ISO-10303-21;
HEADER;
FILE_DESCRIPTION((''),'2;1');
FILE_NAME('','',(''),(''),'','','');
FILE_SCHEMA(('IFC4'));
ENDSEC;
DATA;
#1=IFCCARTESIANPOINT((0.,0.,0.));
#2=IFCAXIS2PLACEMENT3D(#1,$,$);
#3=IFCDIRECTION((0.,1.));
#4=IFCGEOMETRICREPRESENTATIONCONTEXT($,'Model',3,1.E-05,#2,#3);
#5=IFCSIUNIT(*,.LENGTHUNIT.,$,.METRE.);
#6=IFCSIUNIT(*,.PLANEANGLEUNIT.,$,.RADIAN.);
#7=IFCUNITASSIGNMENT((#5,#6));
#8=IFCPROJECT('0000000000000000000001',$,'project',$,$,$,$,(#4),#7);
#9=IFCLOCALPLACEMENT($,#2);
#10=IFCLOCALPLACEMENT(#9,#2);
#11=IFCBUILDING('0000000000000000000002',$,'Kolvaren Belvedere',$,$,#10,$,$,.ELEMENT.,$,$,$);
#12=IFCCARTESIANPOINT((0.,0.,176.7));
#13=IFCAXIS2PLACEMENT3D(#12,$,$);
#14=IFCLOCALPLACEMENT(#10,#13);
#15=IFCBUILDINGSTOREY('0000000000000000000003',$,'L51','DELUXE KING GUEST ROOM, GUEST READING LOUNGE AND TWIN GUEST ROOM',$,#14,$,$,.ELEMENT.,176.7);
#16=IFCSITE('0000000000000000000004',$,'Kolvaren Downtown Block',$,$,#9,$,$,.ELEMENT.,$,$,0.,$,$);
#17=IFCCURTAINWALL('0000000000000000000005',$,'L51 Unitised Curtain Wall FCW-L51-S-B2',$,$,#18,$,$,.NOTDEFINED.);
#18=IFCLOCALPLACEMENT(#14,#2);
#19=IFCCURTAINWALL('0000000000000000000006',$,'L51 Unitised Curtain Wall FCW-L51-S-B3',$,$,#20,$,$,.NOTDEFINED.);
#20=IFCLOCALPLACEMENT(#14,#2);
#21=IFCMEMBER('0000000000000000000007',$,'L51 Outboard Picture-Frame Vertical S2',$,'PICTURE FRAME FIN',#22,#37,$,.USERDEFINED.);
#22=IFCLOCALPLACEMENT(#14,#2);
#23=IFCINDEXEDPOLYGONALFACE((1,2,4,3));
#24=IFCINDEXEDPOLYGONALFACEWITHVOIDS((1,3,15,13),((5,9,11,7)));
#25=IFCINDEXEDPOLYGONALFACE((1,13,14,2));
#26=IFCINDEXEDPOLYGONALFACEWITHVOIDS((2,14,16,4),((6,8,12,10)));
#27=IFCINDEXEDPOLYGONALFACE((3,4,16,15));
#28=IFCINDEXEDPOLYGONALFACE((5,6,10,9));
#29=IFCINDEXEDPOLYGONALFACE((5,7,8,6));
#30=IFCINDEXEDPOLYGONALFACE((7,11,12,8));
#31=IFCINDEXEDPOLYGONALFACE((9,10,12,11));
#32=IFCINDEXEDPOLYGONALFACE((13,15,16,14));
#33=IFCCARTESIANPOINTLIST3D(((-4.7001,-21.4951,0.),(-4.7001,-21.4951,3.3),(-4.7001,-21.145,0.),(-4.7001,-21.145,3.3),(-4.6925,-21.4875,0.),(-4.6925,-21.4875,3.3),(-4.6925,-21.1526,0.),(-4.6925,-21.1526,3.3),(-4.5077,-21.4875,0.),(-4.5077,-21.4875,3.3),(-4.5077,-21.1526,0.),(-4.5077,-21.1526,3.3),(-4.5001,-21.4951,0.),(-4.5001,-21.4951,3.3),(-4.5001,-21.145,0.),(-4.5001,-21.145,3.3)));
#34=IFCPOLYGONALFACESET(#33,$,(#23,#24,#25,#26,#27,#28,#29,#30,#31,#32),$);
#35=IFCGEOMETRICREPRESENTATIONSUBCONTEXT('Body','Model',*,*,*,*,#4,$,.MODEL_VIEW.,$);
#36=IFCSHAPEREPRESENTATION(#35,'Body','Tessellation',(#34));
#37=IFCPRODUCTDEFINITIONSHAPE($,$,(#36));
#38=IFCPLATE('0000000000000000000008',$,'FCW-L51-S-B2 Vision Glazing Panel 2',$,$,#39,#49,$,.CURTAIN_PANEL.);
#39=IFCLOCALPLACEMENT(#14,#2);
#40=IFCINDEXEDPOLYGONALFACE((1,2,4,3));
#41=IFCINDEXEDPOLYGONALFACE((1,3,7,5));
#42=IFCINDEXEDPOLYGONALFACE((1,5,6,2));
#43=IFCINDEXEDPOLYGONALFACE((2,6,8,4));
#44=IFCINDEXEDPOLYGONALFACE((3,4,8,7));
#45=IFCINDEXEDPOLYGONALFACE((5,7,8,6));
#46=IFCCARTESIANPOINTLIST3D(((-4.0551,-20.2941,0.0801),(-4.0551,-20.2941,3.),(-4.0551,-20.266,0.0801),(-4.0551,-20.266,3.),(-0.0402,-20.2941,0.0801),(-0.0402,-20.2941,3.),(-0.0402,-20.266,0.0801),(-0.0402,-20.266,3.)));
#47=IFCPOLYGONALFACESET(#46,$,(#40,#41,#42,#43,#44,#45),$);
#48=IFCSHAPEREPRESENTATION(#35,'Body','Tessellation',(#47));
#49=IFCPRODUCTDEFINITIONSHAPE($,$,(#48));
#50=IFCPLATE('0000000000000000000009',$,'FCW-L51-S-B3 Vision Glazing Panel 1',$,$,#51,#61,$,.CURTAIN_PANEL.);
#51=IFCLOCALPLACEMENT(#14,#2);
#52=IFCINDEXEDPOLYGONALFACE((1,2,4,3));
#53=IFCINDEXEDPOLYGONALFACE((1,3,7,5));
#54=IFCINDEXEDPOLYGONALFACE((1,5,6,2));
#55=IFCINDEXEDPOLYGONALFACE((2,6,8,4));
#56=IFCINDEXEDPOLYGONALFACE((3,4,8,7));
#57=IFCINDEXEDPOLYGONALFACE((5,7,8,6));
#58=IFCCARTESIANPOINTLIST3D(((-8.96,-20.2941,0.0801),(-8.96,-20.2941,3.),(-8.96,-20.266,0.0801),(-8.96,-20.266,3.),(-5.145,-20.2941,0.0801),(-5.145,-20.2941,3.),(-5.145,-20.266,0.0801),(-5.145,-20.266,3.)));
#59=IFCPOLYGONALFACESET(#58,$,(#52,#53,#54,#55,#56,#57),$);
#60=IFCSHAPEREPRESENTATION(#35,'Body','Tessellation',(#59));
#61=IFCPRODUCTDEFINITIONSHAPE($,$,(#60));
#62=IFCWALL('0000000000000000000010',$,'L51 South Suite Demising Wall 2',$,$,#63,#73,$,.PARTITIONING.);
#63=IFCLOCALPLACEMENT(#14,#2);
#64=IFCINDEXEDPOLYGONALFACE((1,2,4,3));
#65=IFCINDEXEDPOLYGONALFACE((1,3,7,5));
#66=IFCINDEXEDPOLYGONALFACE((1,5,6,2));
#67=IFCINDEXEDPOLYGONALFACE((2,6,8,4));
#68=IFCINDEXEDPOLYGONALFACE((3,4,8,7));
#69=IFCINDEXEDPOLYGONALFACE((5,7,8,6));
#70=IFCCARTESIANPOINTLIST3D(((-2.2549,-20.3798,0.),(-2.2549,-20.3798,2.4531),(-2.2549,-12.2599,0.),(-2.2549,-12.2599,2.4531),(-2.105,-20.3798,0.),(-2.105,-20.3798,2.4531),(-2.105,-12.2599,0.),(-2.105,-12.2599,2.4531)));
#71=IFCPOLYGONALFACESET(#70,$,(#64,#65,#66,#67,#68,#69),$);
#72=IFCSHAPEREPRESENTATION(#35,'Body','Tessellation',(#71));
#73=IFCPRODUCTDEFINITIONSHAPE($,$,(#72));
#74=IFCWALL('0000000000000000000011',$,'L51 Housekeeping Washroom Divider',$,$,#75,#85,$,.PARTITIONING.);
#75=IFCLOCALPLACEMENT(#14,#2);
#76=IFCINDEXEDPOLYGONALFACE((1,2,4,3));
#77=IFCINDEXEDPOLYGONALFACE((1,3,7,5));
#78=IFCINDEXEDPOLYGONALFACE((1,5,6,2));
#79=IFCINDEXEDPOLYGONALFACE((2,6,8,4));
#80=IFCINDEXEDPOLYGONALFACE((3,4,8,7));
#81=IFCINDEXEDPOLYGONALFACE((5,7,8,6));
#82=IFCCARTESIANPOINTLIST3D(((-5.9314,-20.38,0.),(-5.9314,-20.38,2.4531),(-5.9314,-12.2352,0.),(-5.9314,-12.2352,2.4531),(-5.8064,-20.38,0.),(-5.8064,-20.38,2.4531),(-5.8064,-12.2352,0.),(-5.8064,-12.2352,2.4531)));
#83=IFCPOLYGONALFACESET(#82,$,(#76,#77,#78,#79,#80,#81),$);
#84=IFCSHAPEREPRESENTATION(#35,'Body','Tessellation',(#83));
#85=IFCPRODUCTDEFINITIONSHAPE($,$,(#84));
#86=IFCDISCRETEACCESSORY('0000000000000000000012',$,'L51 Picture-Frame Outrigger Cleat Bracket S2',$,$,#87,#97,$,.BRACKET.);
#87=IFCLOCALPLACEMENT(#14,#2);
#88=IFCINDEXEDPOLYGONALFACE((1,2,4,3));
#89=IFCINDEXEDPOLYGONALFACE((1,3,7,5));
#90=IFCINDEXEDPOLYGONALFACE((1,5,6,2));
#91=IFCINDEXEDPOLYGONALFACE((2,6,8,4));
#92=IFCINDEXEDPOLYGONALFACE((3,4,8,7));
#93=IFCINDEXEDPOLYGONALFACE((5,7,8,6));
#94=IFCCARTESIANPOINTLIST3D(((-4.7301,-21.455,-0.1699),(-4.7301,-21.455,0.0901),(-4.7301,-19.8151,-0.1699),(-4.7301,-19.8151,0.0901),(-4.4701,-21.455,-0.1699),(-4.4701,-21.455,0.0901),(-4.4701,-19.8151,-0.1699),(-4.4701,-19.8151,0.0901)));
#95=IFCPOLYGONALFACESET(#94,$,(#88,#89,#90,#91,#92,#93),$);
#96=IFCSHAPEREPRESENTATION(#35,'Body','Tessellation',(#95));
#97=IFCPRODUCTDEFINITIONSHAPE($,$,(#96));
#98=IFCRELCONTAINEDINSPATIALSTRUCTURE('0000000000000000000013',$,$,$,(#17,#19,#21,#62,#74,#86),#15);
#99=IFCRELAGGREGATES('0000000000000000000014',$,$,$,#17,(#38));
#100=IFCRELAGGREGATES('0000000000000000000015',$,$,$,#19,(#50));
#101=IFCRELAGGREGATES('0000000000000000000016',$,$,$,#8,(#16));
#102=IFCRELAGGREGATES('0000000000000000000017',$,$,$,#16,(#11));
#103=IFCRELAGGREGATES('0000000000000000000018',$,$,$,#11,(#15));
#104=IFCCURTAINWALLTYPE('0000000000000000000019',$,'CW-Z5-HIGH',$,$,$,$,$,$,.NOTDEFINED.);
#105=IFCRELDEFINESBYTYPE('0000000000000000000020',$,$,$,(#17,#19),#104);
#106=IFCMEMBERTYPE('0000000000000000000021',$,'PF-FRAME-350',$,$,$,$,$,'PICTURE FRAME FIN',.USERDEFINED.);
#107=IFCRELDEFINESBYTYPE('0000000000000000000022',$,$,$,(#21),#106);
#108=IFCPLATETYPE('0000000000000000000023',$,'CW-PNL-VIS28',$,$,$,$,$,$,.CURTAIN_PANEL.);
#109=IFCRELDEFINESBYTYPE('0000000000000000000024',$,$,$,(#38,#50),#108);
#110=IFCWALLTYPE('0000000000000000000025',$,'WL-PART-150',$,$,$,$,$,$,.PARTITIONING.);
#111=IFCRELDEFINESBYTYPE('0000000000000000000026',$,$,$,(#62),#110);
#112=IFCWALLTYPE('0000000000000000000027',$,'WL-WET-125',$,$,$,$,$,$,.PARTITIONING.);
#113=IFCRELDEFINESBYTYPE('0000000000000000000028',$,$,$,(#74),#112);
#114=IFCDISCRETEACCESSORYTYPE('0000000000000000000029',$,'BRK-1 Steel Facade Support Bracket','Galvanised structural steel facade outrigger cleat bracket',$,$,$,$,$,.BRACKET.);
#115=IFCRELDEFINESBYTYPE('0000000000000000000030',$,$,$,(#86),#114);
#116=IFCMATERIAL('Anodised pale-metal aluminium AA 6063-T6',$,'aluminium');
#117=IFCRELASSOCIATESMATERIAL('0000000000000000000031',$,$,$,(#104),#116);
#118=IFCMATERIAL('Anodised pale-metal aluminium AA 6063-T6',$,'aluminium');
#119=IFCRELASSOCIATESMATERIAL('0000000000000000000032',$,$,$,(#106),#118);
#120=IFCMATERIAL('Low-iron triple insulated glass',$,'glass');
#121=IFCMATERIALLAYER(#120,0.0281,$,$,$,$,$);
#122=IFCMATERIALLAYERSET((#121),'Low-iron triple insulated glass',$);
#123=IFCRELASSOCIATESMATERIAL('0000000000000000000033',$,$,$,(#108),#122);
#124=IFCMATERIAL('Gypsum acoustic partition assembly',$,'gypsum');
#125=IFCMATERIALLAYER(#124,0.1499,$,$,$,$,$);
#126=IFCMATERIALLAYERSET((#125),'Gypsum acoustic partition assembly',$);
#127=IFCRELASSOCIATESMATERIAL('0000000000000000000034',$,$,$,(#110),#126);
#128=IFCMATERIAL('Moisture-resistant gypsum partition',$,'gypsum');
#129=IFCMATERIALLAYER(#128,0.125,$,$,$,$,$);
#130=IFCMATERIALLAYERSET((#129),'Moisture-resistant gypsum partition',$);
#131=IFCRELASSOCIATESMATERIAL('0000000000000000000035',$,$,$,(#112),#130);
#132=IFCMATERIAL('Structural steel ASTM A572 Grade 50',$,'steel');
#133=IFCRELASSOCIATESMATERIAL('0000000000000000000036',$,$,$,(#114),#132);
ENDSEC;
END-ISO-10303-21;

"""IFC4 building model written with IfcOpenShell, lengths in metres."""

from ifc_helpers import new_model, si_unit, direction, frame, frame_2d, origin, origin_2d, place, context, subcontext, project, spatial, rectangle, hollow_rectangle, extrude, material, layer, layer_set, material_profile, profile_set, type_object, element, aggregate, save


model = new_model("IFC4")

# Units and contexts
model_context = context("Model", 3, precision=1e-05, world=origin(), true_north=direction((0.0, 1.0)))
body_context = subcontext(model_context, "Body", "Model", "MODEL_VIEW")
ifc_project = project(units=[si_unit("LENGTHUNIT", "METRE"), si_unit("PLANEANGLEUNIT", "RADIAN")], contexts=[model_context])

# Site, building, storey
site_placement = place(None, origin())
site = spatial("IfcSite", under=ifc_project, at=site_placement, Name="Kolvaren Downtown Block", CompositionType="ELEMENT", RefElevation=0.0)
building_placement = place(site_placement, origin())
building = spatial("IfcBuilding", under=site, at=building_placement, Name="Kolvaren Belvedere", CompositionType="ELEMENT")
storey_placement = place(building_placement, frame((0.0, 0.0, 176.7)))
storey = spatial("IfcBuildingStorey", under=building, at=storey_placement, Name="L51", Description="DELUXE KING GUEST ROOM, GUEST READING LOUNGE AND TWIN GUEST ROOM", CompositionType="ELEMENT", Elevation=176.7)

# Curtain wall
ifc_material_1 = material(Name="Anodised pale-metal aluminium AA 6063-T6", Category="aluminium")
curtain_wall_type = type_object("IfcCurtainWallType", Name="CW-Z5-HIGH", PredefinedType="NOTDEFINED", material=ifc_material_1)
curtain_wall_1_placement = place(storey_placement, origin())
curtain_wall_1 = element("IfcCurtainWall", 1, at=curtain_wall_1_placement, inside=storey, type_object=curtain_wall_type, Name="L51 Unitised Curtain Wall FCW-L51-S-B2", PredefinedType="NOTDEFINED")

# Curtain wall
curtain_wall_2_placement = place(storey_placement, origin())
curtain_wall_2 = element("IfcCurtainWall", 2, at=curtain_wall_2_placement, inside=storey, type_object=curtain_wall_type, Name="L51 Unitised Curtain Wall FCW-L51-S-B3", PredefinedType="NOTDEFINED")

# Member
ifc_material_2 = material(Name="Anodised pale-metal aluminium AA 6063-T6", Category="aluminium")
ifc_material_profile_1 = material_profile(ifc_material_2, hollow_rectangle(XDim=0.2, YDim=0.3501, WallThickness=0.0076, at=origin_2d()), Name="ALU-PF-350X200")
ifc_profile_set_1 = profile_set([ifc_material_profile_1], Name="Anodised pale-metal aluminium AA 6063-T6")
member_type_1 = type_object("IfcMemberType", Name="PF-FRAME-350", ElementType="PICTURE FRAME FIN", PredefinedType="USERDEFINED", material=ifc_profile_set_1)
member_1_placement = place(storey_placement, frame((-4.6001, -21.3201, 0.0), z_axis=(0.0, 0.0, 1.0), x_axis=(1.0, 0.0, 0.0)))
element("IfcMember", 3, at=member_1_placement, inside=storey, type_object=member_type_1, Name="L51 Outboard Picture-Frame Vertical S2", ObjectType="PICTURE FRAME FIN", PredefinedType="USERDEFINED", context=body_context, shape_type="SweptSolid", body=[
    extrude(hollow_rectangle(XDim=0.2, YDim=0.3501, WallThickness=0.0076, at=origin_2d()), origin(), (0.0, 0.0, 1.0), 3.3),
])

# Plates
ifc_material_3 = material(Name="Low-iron triple insulated glass", Category="glass")
ifc_layer_1 = layer(ifc_material_3, 0.0281)
ifc_layer_set_1 = layer_set([ifc_layer_1], Name="Low-iron triple insulated glass")
plate_type = type_object("IfcPlateType", Name="CW-PNL-VIS28", PredefinedType="CURTAIN_PANEL", material=ifc_layer_set_1)
plate_1_placement = place(storey_placement, frame((-2.0476, -20.28, 0.0801), z_axis=(0.0, 0.0, 1.0), x_axis=(-1.0, 0.0, 0.0)))
plate_1 = element("IfcPlate", 4, at=plate_1_placement, type_object=plate_type, Name="FCW-L51-S-B2 Vision Glazing Panel 2", PredefinedType="CURTAIN_PANEL", context=body_context, shape_type="SweptSolid", body=[
    extrude(rectangle(XDim=4.0149, YDim=0.0281, at=origin_2d()), origin(), (0.0, 0.0, 1.0), 2.9199),
])
aggregate(curtain_wall_1, [plate_1])
plate_2_placement = place(storey_placement, frame((-7.0525, -20.28, 0.0801), z_axis=(0.0, 0.0, 1.0), x_axis=(-1.0, 0.0, 0.0)))
plate_2 = element("IfcPlate", 5, at=plate_2_placement, type_object=plate_type, Name="FCW-L51-S-B3 Vision Glazing Panel 1", PredefinedType="CURTAIN_PANEL", context=body_context, shape_type="SweptSolid", body=[
    extrude(rectangle(XDim=3.8149, YDim=0.0281, at=origin_2d()), origin(), (0.0, 0.0, 1.0), 2.9199),
])
aggregate(curtain_wall_2, [plate_2])

# Walls
ifc_material_4 = material(Name="Gypsum acoustic partition assembly", Category="gypsum")
ifc_layer_2 = layer(ifc_material_4, 0.1499)
ifc_layer_set_2 = layer_set([ifc_layer_2], Name="Gypsum acoustic partition assembly")
wall_type_1 = type_object("IfcWallType", Name="WL-PART-150", PredefinedType="PARTITIONING", material=ifc_layer_set_2)
wall_1_placement = place(storey_placement, frame((-2.1799, -20.3799, 0.0), z_axis=(0.0, 0.0, 1.0), x_axis=(0.0, 1.0, 0.0)))
element("IfcWall", 6, at=wall_1_placement, inside=storey, type_object=wall_type_1, Name="L51 South Suite Demising Wall 2", PredefinedType="PARTITIONING", context=body_context, shape_type="SweptSolid", body=[
    extrude(rectangle(XDim=8.1199, YDim=0.1499, at=frame_2d((4.0601, 0.0))), origin(), (0.0, 0.0, 1.0), 2.4531),
])
ifc_material_5 = material(Name="Moisture-resistant gypsum partition", Category="gypsum")
ifc_layer_3 = layer(ifc_material_5, 0.125)
ifc_layer_set_3 = layer_set([ifc_layer_3], Name="Moisture-resistant gypsum partition")
wall_type_2 = type_object("IfcWallType", Name="WL-WET-125", PredefinedType="PARTITIONING", material=ifc_layer_set_3)
wall_2_placement = place(storey_placement, frame((-5.8689, -20.3799, 0.0), z_axis=(0.0, 0.0, 1.0), x_axis=(0.0, 1.0, 0.0)))
element("IfcWall", 7, at=wall_2_placement, inside=storey, type_object=wall_type_2, Name="L51 Housekeeping Washroom Divider", PredefinedType="PARTITIONING", context=body_context, shape_type="SweptSolid", body=[
    extrude(rectangle(XDim=8.1448, YDim=0.125, at=frame_2d((4.0723, 0.0))), origin(), (0.0, 0.0, 1.0), 2.4531),
])

# Discrete accessory
ifc_material_6 = material(Name="Structural steel ASTM A572 Grade 50", Category="steel")
discrete_accessory_type = type_object("IfcDiscreteAccessoryType", Name="BRK-1 Steel Facade Support Bracket", Description="Galvanised structural steel facade outrigger cleat bracket", PredefinedType="BRACKET", material=ifc_material_6)
discrete_accessory_placement = place(storey_placement, frame((-4.6001, -20.635, -0.1699), z_axis=(0.0, 0.0, 1.0), x_axis=(0.0, 1.0, 0.0)))
element("IfcDiscreteAccessory", 8, at=discrete_accessory_placement, inside=storey, type_object=discrete_accessory_type, Name="L51 Picture-Frame Outrigger Cleat Bracket S2", PredefinedType="BRACKET", context=body_context, shape_type="SweptSolid", body=[
    extrude(rectangle(XDim=1.6399, YDim=0.26, at=origin_2d()), origin(), (0.0, 0.0, 1.0), 0.26),
])

save(model, "model.ifc")
